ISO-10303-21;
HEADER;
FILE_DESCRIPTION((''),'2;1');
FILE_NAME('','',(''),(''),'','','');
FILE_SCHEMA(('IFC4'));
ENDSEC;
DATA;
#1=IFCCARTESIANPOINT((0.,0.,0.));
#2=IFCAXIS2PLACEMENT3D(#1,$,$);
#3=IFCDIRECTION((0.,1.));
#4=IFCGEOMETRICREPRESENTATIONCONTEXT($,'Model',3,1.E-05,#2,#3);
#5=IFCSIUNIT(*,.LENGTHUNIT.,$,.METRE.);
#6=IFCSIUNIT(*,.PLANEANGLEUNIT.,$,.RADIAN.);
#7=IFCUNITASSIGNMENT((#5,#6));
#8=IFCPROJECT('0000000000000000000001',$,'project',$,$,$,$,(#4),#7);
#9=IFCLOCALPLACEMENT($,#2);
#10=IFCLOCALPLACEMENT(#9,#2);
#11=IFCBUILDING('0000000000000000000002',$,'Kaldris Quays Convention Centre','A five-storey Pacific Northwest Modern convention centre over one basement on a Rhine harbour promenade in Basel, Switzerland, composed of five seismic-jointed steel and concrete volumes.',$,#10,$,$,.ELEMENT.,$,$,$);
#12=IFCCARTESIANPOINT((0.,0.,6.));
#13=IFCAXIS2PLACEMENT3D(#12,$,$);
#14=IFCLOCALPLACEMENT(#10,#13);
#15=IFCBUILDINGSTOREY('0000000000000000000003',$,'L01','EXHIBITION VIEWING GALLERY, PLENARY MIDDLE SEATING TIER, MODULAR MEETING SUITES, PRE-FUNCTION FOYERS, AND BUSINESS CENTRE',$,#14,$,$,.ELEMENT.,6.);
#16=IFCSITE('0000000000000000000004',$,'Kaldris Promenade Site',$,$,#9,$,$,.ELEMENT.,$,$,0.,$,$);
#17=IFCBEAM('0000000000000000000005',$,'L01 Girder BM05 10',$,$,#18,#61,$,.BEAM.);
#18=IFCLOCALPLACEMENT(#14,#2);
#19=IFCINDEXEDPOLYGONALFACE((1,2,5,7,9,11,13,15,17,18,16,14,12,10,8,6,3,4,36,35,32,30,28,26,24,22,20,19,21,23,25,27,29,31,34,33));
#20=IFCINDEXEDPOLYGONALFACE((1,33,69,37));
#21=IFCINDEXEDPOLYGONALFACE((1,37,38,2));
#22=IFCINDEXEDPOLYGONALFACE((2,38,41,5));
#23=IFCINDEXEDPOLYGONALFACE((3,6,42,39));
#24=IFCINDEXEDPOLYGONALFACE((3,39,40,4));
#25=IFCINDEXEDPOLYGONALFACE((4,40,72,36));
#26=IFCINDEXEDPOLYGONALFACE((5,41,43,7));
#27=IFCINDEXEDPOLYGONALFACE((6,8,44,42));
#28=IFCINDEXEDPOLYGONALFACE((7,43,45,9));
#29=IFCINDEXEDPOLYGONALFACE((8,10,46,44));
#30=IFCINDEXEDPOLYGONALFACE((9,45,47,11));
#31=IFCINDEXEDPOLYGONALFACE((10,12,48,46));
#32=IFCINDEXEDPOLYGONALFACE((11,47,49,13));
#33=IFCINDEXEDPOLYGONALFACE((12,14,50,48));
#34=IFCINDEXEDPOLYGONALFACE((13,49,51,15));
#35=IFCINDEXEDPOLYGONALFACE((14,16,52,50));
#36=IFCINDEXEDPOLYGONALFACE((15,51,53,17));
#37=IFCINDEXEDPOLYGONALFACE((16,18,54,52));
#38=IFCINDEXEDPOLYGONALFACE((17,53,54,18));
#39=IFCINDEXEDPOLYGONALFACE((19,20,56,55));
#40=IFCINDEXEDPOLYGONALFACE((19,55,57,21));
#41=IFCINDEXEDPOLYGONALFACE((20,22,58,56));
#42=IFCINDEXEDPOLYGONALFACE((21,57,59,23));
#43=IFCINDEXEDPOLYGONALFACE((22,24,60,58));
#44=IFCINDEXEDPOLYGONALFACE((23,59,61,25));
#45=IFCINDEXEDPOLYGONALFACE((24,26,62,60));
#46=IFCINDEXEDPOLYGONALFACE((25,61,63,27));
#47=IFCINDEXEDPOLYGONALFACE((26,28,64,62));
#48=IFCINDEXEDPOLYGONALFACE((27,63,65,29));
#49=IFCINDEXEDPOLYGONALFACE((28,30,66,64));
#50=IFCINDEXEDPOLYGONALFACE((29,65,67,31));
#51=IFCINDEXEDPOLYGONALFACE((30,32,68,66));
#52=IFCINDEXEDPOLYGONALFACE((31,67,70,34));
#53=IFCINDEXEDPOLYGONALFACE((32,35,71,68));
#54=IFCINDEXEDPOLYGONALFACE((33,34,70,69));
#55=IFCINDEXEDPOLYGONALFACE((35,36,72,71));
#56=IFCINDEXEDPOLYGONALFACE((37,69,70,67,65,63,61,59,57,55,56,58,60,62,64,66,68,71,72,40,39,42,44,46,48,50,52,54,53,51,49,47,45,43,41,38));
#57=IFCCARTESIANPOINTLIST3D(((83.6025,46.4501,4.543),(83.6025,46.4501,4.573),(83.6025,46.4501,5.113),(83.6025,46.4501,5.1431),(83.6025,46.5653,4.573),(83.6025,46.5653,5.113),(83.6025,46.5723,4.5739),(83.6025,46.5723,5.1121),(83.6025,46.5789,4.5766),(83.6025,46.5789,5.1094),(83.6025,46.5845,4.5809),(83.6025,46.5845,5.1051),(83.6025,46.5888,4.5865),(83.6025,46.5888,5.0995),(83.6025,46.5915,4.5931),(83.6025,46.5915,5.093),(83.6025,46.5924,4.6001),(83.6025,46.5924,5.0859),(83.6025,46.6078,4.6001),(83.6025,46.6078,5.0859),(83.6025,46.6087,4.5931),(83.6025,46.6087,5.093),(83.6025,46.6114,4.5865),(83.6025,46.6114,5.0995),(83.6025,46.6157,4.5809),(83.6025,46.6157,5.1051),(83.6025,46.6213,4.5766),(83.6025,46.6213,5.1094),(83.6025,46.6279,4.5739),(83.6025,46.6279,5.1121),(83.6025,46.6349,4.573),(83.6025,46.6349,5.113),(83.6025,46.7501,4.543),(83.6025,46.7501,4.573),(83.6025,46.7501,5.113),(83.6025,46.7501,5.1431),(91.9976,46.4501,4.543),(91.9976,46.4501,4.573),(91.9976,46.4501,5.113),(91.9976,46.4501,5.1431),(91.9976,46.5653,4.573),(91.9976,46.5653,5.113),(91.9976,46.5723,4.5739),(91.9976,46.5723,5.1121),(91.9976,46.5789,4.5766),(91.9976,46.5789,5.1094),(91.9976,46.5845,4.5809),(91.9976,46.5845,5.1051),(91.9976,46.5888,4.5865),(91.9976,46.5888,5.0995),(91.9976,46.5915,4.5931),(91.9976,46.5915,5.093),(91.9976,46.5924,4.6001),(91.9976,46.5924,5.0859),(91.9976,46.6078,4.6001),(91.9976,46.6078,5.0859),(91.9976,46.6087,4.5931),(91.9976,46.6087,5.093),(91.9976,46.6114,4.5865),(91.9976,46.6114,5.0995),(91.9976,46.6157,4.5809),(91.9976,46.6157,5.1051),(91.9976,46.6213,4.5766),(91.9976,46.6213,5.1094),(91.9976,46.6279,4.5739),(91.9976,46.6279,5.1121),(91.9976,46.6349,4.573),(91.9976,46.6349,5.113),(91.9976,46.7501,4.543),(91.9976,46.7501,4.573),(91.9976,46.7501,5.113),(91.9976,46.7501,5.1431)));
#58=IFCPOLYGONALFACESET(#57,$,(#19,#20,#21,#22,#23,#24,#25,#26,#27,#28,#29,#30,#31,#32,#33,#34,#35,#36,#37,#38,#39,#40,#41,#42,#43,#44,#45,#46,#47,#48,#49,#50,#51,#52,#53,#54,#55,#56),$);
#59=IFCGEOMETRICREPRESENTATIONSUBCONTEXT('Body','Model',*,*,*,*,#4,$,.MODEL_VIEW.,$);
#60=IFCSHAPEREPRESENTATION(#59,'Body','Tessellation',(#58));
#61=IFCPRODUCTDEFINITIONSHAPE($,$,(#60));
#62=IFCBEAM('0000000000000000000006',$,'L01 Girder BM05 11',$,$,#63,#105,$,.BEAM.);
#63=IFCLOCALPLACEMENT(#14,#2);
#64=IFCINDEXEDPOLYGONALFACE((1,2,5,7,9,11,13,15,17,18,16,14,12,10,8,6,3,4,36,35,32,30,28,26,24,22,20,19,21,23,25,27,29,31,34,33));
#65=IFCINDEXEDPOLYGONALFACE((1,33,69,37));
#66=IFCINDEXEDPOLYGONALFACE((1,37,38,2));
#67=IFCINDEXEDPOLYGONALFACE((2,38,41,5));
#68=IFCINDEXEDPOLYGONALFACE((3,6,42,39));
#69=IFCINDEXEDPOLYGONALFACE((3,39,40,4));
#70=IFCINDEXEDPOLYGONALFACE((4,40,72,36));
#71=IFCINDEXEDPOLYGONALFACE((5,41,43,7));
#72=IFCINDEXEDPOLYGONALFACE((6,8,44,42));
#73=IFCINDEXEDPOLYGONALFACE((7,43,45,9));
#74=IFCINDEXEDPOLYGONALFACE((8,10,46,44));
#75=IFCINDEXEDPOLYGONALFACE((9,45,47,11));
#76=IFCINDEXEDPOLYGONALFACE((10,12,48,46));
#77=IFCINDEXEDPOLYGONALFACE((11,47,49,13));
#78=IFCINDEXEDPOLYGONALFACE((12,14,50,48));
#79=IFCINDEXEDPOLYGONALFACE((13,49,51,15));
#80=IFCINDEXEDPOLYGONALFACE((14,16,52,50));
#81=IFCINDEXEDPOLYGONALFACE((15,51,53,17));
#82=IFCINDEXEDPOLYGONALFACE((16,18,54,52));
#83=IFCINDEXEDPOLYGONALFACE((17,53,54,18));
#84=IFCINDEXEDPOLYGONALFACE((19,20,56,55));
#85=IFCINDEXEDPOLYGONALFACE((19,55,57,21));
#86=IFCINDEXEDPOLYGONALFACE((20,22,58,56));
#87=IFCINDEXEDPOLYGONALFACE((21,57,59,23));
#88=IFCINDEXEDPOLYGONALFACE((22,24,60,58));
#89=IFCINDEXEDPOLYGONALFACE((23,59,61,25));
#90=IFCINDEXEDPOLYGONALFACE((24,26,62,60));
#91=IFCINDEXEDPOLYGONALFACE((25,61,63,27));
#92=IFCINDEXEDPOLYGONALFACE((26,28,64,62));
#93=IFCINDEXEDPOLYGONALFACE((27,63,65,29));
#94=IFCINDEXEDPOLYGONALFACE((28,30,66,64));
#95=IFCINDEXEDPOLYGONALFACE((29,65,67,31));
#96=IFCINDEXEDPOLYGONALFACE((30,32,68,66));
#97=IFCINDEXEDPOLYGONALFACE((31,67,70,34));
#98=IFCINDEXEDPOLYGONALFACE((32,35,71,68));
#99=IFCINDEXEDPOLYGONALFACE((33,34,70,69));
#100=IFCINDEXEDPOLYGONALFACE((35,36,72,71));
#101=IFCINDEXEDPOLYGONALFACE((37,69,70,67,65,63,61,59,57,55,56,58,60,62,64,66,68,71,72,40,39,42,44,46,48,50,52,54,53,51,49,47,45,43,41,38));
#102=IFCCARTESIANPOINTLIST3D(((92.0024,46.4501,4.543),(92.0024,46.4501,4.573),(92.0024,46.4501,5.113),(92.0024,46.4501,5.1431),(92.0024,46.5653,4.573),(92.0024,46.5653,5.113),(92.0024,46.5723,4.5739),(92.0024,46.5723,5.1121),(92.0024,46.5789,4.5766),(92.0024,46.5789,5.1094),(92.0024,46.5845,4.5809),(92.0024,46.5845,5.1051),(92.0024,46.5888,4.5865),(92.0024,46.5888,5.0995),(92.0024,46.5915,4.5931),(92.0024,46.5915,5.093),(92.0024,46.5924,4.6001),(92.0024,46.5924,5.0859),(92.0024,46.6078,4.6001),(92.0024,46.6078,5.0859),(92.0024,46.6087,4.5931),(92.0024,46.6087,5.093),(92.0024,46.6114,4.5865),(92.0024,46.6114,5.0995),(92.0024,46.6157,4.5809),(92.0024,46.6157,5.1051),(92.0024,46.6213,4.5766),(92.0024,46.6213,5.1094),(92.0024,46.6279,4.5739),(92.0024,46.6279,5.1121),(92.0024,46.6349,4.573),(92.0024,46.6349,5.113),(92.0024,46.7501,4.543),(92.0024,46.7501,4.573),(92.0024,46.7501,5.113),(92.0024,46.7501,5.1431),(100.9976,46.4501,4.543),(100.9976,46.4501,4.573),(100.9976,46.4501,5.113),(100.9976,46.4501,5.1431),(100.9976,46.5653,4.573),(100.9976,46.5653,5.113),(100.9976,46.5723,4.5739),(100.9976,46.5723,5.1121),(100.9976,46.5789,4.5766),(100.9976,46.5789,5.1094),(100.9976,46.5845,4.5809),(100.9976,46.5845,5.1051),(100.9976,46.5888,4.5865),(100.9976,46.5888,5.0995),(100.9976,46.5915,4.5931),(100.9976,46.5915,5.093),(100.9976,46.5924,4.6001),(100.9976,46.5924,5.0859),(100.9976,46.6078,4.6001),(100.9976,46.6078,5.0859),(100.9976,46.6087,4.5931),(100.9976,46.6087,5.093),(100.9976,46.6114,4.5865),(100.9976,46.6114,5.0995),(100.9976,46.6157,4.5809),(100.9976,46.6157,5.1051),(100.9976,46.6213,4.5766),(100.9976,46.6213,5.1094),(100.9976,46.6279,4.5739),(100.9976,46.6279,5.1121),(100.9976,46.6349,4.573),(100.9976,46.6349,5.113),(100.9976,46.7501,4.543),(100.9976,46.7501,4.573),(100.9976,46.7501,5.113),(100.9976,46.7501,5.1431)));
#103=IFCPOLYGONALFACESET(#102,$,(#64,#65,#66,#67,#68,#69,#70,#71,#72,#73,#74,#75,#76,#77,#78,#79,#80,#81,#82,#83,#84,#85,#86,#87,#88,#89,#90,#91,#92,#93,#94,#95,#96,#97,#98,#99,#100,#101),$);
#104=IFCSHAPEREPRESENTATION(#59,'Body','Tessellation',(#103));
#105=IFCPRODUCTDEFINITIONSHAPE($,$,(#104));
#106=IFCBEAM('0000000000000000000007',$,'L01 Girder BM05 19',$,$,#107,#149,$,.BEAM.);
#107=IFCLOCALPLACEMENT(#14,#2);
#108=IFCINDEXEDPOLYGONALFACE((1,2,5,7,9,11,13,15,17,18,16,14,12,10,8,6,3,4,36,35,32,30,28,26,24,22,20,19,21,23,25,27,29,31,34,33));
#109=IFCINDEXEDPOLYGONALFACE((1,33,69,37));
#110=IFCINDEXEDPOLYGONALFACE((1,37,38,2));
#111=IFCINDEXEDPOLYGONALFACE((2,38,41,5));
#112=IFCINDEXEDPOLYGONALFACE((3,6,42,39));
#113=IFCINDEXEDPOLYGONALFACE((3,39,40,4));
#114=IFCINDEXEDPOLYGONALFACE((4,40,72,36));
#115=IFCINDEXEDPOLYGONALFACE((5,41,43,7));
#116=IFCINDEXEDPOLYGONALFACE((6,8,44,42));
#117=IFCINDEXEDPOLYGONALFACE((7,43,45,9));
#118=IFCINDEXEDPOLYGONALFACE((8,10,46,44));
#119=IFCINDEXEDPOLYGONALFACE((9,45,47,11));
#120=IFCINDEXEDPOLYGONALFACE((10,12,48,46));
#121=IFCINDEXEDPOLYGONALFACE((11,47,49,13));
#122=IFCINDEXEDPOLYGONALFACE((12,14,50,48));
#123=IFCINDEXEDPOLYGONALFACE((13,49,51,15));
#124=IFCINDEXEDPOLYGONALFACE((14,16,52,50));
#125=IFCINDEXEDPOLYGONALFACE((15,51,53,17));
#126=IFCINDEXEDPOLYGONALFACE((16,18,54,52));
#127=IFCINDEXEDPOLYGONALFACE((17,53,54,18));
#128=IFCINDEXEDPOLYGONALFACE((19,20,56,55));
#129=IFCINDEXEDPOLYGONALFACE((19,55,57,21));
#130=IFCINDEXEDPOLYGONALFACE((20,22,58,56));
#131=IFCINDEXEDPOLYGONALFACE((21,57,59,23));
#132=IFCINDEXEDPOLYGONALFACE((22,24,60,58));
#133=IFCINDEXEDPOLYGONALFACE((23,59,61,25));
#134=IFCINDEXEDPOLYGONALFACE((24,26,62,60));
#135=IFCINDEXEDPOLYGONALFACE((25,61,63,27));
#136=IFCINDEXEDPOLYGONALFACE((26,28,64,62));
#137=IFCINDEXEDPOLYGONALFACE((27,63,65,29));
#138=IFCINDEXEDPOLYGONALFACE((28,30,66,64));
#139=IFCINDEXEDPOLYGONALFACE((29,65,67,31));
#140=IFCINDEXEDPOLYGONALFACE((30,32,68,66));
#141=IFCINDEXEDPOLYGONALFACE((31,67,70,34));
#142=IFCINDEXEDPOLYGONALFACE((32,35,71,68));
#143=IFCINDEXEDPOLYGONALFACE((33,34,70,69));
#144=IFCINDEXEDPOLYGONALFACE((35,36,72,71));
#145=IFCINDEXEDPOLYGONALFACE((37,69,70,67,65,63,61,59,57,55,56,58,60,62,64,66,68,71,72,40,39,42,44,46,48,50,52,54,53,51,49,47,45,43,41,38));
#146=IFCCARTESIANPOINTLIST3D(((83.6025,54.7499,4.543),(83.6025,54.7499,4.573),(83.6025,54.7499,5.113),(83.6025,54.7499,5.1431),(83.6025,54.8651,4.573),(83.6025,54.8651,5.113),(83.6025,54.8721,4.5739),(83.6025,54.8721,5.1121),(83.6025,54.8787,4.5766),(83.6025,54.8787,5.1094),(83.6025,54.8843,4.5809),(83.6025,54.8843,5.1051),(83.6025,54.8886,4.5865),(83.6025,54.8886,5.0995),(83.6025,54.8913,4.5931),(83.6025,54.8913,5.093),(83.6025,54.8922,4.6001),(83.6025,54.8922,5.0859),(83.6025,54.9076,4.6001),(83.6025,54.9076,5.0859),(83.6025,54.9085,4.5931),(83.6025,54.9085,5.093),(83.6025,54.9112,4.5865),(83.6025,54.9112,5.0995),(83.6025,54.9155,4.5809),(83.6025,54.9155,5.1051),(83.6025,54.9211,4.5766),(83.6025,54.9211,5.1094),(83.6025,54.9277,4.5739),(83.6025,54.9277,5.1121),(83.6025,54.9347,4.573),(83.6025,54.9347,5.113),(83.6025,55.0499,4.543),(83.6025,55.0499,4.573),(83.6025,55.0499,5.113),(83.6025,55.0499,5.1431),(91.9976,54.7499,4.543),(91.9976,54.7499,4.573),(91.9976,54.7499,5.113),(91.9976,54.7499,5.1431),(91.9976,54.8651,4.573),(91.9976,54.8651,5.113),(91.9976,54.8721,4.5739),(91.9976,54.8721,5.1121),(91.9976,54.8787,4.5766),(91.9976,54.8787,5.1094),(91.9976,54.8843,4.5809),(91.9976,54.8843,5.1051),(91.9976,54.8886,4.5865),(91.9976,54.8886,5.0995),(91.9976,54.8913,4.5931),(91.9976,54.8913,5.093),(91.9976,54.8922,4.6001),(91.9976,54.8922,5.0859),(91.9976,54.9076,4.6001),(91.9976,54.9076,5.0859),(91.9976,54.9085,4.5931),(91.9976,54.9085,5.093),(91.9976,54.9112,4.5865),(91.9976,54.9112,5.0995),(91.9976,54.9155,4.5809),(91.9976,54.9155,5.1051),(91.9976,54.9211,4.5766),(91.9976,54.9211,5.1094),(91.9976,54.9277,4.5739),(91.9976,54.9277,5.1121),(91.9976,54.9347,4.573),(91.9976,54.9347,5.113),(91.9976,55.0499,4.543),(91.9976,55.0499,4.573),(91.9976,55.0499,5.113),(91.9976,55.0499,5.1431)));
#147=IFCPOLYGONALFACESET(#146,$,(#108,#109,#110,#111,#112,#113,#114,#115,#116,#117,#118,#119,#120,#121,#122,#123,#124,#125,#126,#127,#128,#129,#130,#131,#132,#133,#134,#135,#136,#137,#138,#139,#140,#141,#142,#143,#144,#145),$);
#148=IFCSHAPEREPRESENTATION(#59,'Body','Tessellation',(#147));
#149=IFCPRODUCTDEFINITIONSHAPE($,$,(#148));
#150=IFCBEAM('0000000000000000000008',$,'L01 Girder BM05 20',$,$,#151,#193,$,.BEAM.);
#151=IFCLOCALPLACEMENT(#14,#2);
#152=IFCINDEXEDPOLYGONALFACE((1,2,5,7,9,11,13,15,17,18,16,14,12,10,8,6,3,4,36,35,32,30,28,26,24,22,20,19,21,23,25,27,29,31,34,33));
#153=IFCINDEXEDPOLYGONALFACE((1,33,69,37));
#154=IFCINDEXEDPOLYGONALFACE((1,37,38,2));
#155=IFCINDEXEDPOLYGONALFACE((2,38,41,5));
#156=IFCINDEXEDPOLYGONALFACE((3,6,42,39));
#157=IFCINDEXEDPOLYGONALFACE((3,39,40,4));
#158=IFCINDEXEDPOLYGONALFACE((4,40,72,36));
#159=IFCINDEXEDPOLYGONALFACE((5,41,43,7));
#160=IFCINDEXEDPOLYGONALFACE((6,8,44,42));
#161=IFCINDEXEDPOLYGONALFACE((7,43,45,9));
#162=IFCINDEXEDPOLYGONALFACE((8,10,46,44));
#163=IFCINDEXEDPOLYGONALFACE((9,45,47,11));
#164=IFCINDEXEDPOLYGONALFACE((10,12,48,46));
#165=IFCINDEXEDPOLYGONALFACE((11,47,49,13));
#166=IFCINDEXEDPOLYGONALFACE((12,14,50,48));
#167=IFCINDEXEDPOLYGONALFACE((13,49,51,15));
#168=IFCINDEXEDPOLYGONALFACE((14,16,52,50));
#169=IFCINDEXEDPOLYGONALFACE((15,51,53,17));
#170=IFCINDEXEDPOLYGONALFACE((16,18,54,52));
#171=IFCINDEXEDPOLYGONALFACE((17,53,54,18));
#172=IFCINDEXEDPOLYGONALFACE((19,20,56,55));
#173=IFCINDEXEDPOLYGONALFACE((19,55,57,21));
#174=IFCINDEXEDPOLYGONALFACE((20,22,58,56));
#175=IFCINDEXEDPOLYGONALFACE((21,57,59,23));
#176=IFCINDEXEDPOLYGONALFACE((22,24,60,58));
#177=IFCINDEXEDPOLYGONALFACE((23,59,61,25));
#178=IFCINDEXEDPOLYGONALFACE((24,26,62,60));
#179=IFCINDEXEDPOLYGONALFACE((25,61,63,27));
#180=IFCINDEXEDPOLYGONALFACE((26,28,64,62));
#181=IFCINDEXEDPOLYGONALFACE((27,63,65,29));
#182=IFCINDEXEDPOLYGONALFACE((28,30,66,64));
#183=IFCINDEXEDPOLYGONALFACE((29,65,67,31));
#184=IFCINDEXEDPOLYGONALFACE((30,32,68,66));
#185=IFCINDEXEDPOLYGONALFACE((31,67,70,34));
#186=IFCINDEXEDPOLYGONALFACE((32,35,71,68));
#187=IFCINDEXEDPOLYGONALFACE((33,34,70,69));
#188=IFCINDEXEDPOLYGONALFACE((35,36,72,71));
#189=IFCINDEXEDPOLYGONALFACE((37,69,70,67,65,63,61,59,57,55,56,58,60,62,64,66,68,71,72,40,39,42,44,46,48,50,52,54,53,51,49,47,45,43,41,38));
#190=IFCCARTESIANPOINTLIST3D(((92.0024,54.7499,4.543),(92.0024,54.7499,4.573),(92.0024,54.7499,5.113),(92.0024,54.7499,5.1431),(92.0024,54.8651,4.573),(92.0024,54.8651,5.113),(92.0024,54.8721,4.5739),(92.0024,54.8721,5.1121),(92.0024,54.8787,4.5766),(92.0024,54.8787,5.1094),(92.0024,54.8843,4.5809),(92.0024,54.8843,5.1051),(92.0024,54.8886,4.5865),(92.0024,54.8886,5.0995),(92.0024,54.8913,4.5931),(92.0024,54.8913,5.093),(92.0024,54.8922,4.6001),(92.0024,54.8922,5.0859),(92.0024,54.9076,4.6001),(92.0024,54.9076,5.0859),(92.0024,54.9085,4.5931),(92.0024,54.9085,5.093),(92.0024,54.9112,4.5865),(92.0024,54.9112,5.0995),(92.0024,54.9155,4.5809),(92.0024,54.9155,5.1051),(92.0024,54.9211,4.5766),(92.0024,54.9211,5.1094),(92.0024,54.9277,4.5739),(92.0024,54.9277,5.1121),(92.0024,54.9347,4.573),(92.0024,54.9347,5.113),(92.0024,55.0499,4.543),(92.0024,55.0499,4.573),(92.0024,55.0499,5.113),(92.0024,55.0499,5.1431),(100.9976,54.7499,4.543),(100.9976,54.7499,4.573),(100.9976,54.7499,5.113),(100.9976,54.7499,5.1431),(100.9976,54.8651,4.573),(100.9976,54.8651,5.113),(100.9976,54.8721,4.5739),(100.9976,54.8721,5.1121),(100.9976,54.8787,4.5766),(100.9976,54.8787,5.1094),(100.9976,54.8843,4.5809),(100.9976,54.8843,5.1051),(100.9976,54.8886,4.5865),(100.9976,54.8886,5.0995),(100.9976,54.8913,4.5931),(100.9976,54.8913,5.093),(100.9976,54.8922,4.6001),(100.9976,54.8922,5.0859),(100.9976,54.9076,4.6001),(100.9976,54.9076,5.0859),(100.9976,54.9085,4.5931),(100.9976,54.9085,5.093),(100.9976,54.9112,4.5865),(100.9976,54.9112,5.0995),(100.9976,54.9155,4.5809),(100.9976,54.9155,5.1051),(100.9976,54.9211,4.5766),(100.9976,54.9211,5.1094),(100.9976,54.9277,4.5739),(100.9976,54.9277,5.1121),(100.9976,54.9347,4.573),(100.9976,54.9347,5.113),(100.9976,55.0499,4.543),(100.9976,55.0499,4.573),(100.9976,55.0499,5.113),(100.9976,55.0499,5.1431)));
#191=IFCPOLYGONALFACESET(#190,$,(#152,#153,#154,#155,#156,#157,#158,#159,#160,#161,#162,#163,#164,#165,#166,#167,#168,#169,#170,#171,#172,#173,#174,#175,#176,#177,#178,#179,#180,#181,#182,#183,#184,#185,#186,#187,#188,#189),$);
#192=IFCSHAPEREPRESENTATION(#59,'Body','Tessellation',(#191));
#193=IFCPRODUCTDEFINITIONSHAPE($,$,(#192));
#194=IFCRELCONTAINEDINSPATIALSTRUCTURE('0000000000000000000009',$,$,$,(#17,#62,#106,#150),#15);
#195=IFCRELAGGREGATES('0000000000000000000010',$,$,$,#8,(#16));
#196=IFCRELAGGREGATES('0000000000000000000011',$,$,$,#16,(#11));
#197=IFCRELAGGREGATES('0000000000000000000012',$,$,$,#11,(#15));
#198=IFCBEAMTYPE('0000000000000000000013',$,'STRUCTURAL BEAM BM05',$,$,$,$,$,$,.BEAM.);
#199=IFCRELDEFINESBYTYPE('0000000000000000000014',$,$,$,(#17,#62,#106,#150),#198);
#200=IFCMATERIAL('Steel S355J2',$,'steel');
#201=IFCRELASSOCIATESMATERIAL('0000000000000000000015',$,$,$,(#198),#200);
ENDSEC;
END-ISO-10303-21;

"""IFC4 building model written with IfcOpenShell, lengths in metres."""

from ifc_helpers import new_model, si_unit, direction, frame, origin, origin_2d, place, context, subcontext, project, spatial, i_section, extrude, material, material_profile, profile_set, type_object, element, save


model = new_model("IFC4")

# Units and contexts
model_context = context("Model", 3, precision=1e-05, world=origin(), true_north=direction((0.0, 1.0)))
body_context = subcontext(model_context, "Body", "Model", "MODEL_VIEW")
ifc_project = project(units=[si_unit("LENGTHUNIT", "METRE"), si_unit("PLANEANGLEUNIT", "RADIAN")], contexts=[model_context])

# Site, building, storey
site_placement = place(None, origin())
site = spatial("IfcSite", under=ifc_project, at=site_placement, Name="Kaldris Promenade Site", CompositionType="ELEMENT", RefElevation=0.0)
building_placement = place(site_placement, origin())
building = spatial("IfcBuilding", under=site, at=building_placement, Name="Kaldris Quays Convention Centre", Description="A five-storey Pacific Northwest Modern convention centre over one basement on a Rhine harbour promenade in Basel, Switzerland, composed of five seismic-jointed steel and concrete volumes.", CompositionType="ELEMENT")
storey_placement = place(building_placement, frame((0.0, 0.0, 6.0)))
storey = spatial("IfcBuildingStorey", under=building, at=storey_placement, Name="L01", Description="EXHIBITION VIEWING GALLERY, PLENARY MIDDLE SEATING TIER, MODULAR MEETING SUITES, PRE-FUNCTION FOYERS, AND BUSINESS CENTRE", CompositionType="ELEMENT", Elevation=6.0)

# Beams
ifc_material_1 = material(Name="Steel S355J2", Category="steel")
ifc_material_profile_1 = material_profile(ifc_material_1, i_section(OverallWidth=0.3, OverallDepth=0.6001, WebThickness=0.0154, FlangeThickness=0.03, FilletRadius=0.0271, at=origin_2d()), Name="HEB 600")
ifc_profile_set_1 = profile_set([ifc_material_profile_1], Name="Steel S355J2")
beam_type_1 = type_object("IfcBeamType", Name="STRUCTURAL BEAM BM05", PredefinedType="BEAM", material=ifc_profile_set_1)
beam_1_placement = place(storey_placement, frame((83.6025, 46.6001, 4.843), z_axis=(1.0, 0.0, 0.0), x_axis=(0.0, 1.0, 0.0)))
element("IfcBeam", 1, at=beam_1_placement, inside=storey, type_object=beam_type_1, Name="L01 Girder BM05 10", PredefinedType="BEAM", context=body_context, shape_type="SweptSolid", body=[
    extrude(i_section(OverallWidth=0.3, OverallDepth=0.6001, WebThickness=0.0154, FlangeThickness=0.03, FilletRadius=0.0271, at=origin_2d()), origin(), (0.0, 0.0, 1.0), 8.395),
])
beam_2_placement = place(storey_placement, frame((92.0024, 46.6001, 4.843), z_axis=(1.0, 0.0, 0.0), x_axis=(0.0, 1.0, 0.0)))
element("IfcBeam", 2, at=beam_2_placement, inside=storey, type_object=beam_type_1, Name="L01 Girder BM05 11", PredefinedType="BEAM", context=body_context, shape_type="SweptSolid", body=[
    extrude(i_section(OverallWidth=0.3, OverallDepth=0.6001, WebThickness=0.0154, FlangeThickness=0.03, FilletRadius=0.0271, at=origin_2d()), origin(), (0.0, 0.0, 1.0), 8.9951),
])
beam_3_placement = place(storey_placement, frame((83.6025, 54.8999, 4.843), z_axis=(1.0, 0.0, 0.0), x_axis=(0.0, 1.0, 0.0)))
element("IfcBeam", 3, at=beam_3_placement, inside=storey, type_object=beam_type_1, Name="L01 Girder BM05 19", PredefinedType="BEAM", context=body_context, shape_type="SweptSolid", body=[
    extrude(i_section(OverallWidth=0.3, OverallDepth=0.6001, WebThickness=0.0154, FlangeThickness=0.03, FilletRadius=0.0271, at=origin_2d()), origin(), (0.0, 0.0, 1.0), 8.395),
])
beam_4_placement = place(storey_placement, frame((92.0024, 54.8999, 4.843), z_axis=(1.0, 0.0, 0.0), x_axis=(0.0, 1.0, 0.0)))
element("IfcBeam", 4, at=beam_4_placement, inside=storey, type_object=beam_type_1, Name="L01 Girder BM05 20", PredefinedType="BEAM", context=body_context, shape_type="SweptSolid", body=[
    extrude(i_section(OverallWidth=0.3, OverallDepth=0.6001, WebThickness=0.0154, FlangeThickness=0.03, FilletRadius=0.0271, at=origin_2d()), origin(), (0.0, 0.0, 1.0), 8.9951),
])

save(model, "model.ifc")
